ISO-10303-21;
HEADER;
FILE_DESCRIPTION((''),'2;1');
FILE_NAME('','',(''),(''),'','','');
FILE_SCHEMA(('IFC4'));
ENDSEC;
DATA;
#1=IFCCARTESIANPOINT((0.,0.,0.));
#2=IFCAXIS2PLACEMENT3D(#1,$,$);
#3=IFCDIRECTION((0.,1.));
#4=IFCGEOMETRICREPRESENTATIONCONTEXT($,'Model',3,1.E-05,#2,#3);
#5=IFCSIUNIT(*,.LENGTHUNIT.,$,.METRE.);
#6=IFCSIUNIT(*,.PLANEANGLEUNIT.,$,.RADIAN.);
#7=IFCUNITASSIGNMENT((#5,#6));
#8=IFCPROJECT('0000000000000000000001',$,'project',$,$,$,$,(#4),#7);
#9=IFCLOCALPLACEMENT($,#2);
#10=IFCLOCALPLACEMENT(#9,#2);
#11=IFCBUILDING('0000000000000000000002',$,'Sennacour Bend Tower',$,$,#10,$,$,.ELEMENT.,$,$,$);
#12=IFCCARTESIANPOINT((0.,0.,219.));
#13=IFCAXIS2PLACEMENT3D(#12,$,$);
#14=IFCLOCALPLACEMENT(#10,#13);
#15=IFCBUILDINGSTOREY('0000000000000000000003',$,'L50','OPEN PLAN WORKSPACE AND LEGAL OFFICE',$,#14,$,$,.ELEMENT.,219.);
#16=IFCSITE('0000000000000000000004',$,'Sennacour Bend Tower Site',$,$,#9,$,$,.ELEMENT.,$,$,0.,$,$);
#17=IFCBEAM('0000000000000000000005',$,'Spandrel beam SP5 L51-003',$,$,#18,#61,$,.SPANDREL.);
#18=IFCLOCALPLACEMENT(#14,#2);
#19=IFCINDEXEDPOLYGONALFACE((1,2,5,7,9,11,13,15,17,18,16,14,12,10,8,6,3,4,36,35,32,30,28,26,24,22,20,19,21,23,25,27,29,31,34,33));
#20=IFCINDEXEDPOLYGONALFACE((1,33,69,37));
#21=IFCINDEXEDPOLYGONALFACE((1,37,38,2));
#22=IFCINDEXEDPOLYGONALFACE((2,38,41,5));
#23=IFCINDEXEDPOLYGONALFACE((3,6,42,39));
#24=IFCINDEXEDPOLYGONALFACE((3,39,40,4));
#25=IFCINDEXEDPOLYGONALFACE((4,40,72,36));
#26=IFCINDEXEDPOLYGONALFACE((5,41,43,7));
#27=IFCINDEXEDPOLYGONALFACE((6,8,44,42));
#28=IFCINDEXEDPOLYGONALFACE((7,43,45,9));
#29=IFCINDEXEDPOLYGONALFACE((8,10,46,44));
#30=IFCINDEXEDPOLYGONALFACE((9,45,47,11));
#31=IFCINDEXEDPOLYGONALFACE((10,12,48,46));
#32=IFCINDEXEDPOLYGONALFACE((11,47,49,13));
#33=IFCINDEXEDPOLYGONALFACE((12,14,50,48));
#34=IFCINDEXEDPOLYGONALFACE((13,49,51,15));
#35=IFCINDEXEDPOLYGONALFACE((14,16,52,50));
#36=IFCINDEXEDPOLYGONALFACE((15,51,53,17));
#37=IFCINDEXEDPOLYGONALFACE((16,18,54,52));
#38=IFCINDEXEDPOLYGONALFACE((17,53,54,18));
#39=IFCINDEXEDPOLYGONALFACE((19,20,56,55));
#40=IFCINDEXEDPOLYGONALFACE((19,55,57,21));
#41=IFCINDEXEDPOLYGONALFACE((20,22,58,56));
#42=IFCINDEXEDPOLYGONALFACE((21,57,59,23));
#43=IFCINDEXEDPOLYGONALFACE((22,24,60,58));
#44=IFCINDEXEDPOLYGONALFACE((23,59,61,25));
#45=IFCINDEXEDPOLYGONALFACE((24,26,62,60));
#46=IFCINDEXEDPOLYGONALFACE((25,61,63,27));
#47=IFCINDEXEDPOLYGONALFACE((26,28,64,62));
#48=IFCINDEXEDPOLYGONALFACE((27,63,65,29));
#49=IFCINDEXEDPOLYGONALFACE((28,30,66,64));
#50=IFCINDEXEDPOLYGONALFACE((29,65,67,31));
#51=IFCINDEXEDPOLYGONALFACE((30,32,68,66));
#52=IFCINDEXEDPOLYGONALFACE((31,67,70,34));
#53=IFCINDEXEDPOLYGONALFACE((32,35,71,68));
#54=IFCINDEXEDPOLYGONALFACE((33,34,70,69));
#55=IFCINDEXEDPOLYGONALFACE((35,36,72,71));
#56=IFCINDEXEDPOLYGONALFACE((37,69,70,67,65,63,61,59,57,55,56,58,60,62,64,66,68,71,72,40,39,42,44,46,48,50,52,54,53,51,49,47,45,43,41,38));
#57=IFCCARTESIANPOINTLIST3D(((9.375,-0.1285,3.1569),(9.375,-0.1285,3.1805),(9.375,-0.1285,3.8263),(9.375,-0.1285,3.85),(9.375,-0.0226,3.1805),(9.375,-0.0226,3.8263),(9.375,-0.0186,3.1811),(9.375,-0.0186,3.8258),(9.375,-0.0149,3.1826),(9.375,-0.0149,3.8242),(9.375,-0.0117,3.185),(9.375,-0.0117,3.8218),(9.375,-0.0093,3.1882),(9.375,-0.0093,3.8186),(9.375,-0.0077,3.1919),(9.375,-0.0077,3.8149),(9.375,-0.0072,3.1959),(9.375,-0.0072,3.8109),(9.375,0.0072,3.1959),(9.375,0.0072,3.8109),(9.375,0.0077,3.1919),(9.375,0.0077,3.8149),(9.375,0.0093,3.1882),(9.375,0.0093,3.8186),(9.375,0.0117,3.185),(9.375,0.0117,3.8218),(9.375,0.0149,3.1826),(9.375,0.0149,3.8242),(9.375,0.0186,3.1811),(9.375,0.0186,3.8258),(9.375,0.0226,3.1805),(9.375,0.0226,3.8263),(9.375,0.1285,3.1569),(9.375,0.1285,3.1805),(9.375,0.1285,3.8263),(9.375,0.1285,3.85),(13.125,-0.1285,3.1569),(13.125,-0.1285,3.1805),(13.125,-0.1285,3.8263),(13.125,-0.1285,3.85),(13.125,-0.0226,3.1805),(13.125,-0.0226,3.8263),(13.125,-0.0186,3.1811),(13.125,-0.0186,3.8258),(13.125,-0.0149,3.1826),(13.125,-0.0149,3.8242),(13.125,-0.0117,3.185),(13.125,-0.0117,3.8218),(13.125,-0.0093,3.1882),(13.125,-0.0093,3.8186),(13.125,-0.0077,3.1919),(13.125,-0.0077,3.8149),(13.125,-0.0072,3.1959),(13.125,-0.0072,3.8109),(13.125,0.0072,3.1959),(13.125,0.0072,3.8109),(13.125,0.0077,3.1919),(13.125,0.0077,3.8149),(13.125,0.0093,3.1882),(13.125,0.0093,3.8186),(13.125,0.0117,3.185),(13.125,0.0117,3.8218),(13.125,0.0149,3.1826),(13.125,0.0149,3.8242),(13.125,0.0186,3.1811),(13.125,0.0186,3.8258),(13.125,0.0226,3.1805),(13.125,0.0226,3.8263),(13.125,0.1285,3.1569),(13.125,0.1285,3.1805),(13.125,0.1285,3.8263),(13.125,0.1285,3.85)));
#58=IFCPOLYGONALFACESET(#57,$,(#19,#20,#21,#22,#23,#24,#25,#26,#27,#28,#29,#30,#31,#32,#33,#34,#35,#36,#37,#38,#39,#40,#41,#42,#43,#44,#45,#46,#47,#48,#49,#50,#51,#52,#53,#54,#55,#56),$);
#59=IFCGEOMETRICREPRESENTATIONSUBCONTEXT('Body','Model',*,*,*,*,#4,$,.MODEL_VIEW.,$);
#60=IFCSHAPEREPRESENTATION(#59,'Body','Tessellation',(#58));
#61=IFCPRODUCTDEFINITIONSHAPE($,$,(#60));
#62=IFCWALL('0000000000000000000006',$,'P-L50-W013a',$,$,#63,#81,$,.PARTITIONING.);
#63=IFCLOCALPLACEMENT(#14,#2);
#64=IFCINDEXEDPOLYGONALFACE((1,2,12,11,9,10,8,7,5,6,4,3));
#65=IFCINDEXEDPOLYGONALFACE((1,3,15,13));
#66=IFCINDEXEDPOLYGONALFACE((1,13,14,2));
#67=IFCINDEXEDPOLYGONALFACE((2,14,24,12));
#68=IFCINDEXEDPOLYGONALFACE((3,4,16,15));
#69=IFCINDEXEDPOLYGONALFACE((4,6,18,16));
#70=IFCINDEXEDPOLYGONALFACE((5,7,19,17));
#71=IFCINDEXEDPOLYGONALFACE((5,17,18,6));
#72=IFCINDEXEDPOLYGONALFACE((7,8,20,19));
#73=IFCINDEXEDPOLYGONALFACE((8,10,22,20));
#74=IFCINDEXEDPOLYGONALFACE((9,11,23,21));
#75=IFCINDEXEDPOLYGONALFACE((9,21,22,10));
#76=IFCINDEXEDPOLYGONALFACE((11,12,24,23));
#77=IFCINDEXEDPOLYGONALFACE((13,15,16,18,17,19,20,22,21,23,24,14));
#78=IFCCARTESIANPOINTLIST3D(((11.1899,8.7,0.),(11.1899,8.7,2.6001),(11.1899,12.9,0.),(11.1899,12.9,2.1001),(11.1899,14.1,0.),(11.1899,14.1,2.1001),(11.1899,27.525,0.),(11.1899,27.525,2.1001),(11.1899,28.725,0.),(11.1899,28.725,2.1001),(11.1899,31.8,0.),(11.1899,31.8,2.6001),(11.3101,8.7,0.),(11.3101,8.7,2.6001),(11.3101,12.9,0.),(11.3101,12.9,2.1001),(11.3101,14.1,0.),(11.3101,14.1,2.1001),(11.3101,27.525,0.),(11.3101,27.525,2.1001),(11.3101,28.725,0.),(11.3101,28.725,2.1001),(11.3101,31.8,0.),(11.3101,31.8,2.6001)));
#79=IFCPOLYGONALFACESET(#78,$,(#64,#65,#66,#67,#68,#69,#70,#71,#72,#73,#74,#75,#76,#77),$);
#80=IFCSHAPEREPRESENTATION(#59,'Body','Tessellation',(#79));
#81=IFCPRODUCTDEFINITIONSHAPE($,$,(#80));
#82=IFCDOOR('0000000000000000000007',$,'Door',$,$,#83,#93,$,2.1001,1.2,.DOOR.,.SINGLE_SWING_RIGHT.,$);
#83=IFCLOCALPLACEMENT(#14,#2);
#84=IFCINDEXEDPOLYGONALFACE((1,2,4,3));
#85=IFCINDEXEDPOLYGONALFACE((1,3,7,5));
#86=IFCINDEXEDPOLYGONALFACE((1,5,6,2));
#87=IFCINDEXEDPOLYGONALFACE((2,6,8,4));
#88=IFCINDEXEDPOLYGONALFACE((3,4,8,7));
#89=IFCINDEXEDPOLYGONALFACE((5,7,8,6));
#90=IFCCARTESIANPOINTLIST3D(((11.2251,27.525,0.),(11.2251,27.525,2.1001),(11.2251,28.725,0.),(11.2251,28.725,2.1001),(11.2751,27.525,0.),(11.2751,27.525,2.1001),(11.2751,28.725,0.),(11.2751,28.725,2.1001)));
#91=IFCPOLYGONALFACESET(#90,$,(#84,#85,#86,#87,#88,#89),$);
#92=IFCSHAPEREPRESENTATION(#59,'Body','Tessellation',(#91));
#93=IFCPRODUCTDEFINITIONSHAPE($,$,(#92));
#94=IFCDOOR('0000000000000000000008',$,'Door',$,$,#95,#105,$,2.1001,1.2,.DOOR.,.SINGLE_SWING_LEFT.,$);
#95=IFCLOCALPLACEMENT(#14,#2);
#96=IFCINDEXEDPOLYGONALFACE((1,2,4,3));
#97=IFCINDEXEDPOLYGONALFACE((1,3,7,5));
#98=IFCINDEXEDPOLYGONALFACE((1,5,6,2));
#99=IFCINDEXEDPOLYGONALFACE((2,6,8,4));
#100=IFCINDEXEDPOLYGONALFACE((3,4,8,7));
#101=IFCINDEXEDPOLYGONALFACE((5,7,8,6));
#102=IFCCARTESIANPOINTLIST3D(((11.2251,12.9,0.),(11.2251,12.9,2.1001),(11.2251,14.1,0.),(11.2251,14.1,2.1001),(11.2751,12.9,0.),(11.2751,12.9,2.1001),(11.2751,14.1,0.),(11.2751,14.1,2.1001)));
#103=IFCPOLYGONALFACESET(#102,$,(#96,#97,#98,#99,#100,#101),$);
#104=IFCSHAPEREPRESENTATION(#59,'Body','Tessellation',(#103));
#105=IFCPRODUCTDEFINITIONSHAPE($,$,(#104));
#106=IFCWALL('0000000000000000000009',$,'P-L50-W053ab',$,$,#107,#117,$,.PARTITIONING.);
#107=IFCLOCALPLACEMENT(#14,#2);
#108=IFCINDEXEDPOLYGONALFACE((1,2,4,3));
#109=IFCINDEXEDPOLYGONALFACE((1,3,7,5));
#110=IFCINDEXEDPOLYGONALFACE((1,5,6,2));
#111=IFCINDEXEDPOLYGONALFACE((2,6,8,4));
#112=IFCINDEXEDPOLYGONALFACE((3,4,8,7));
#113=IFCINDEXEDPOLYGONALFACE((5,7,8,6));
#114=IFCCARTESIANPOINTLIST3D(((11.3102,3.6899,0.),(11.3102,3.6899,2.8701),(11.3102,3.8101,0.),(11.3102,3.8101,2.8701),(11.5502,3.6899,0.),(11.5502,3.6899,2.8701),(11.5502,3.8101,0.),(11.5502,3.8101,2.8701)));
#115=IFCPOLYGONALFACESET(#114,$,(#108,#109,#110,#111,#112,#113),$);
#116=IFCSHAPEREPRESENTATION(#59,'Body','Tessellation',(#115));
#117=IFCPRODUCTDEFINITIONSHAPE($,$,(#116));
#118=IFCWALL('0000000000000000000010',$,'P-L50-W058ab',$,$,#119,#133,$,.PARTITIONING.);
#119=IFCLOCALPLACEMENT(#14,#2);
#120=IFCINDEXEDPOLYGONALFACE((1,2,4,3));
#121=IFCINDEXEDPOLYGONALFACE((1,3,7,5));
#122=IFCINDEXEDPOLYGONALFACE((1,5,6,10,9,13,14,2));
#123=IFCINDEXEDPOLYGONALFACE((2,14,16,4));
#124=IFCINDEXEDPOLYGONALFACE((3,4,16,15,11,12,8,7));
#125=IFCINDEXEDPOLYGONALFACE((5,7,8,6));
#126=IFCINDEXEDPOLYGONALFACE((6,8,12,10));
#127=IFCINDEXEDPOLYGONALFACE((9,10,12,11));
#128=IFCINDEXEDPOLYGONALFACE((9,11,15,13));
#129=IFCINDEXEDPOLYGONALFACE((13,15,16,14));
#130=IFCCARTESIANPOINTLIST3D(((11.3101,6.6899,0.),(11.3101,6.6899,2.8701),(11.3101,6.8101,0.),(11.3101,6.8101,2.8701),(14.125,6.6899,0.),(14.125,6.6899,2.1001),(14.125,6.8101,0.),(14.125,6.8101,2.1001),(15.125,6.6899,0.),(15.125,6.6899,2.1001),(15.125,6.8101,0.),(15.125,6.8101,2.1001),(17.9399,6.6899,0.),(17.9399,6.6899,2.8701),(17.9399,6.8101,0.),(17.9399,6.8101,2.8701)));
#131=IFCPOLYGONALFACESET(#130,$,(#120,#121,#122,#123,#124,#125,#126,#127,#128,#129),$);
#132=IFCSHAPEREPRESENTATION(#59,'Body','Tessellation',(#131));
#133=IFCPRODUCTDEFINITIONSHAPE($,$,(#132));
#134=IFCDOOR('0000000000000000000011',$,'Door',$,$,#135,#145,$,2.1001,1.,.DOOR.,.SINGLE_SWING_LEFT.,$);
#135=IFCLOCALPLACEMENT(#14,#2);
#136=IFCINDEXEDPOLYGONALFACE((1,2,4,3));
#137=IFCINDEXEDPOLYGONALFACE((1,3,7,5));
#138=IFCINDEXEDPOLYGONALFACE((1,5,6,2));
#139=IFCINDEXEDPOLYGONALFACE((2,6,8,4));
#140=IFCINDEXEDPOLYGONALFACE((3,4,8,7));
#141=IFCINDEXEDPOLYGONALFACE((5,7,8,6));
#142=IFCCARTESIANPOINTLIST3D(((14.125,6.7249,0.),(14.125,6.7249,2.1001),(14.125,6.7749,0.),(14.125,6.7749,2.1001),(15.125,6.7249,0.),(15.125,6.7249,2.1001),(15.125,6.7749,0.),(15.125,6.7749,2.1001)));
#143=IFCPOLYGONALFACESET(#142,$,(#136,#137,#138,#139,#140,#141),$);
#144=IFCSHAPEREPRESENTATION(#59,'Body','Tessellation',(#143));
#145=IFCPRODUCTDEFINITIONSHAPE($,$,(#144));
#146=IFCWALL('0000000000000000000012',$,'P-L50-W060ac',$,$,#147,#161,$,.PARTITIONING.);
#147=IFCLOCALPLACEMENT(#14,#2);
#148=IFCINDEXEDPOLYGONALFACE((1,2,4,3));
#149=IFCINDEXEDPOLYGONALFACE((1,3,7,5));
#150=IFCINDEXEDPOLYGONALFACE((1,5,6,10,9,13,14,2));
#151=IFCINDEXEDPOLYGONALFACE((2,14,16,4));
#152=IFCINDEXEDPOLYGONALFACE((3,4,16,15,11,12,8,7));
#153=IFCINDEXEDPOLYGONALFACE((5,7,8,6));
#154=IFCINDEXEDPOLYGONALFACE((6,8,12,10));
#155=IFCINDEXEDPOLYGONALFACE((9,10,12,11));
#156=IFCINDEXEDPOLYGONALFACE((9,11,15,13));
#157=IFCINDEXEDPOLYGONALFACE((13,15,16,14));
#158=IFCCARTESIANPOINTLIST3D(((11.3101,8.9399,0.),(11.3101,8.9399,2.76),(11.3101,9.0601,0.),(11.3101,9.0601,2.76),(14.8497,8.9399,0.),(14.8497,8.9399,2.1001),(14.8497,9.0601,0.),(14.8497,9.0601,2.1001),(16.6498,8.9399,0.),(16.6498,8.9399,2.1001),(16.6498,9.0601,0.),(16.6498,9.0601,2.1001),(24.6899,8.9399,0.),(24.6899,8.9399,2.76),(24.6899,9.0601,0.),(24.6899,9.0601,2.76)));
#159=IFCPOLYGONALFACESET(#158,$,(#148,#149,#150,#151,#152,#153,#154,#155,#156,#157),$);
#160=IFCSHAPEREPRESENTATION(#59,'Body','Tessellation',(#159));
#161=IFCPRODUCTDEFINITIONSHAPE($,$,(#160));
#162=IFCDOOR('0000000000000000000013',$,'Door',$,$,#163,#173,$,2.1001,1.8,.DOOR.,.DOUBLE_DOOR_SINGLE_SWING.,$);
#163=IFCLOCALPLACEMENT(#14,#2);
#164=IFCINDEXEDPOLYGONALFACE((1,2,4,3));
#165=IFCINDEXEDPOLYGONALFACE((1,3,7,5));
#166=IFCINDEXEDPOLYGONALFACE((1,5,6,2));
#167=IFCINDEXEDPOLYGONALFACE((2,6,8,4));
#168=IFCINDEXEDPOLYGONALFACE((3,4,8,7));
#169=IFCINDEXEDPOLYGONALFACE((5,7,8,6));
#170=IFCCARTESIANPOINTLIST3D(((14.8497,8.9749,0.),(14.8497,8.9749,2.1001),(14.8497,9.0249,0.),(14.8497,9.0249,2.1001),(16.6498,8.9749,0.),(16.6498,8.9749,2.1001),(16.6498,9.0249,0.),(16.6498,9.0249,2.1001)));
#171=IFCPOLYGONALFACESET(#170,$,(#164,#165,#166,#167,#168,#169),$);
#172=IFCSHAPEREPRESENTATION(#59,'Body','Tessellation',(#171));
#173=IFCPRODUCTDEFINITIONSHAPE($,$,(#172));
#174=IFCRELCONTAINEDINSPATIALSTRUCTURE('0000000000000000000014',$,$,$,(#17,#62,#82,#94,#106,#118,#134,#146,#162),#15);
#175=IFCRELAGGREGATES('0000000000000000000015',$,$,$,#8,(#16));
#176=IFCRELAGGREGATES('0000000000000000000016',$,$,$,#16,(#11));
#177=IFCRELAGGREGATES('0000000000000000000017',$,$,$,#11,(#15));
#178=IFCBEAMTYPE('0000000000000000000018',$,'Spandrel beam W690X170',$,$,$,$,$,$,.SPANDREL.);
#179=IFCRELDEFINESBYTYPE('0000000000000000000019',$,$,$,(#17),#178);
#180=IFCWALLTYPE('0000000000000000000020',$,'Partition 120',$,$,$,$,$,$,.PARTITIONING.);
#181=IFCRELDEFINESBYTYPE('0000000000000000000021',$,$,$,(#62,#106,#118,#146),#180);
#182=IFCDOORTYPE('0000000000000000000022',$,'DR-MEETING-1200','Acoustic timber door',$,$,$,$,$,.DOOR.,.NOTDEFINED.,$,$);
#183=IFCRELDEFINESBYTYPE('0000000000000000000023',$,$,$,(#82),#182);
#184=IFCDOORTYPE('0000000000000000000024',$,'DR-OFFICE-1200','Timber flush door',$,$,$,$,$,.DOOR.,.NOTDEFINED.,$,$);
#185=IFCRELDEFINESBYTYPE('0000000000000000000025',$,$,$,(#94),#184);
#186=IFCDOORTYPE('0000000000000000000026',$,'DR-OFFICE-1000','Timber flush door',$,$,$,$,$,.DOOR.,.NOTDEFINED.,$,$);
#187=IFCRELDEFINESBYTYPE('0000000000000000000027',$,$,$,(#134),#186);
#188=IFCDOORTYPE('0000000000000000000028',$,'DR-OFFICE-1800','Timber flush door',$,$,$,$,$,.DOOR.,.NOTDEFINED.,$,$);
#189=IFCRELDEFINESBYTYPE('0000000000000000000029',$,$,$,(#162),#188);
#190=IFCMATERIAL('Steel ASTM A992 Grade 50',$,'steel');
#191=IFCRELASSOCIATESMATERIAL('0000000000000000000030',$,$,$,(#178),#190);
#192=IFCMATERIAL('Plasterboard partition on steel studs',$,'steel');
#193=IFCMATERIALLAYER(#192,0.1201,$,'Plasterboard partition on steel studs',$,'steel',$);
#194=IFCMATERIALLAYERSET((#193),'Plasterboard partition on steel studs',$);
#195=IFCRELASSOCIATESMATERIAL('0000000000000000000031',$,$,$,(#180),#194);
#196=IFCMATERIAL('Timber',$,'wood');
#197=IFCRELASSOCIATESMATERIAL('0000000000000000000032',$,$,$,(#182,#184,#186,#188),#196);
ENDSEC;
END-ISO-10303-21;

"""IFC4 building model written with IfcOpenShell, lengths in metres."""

from ifc_helpers import new_model, si_unit, direction, frame, frame_2d, origin, origin_2d, place, context, subcontext, project, spatial, rectangle, i_section, extrude, material, layer, layer_set, material_profile, profile_set, type_object, element, fill, save


model = new_model("IFC4")

# Units and contexts
model_context = context("Model", 3, precision=1e-05, world=origin(), true_north=direction((0.0, 1.0)))
body_context = subcontext(model_context, "Body", "Model", "MODEL_VIEW")
ifc_project = project(units=[si_unit("LENGTHUNIT", "METRE"), si_unit("PLANEANGLEUNIT", "RADIAN")], contexts=[model_context])

# Site, building, storey
site_placement = place(None, origin())
site = spatial("IfcSite", under=ifc_project, at=site_placement, Name="Sennacour Bend Tower Site", CompositionType="ELEMENT", RefElevation=0.0)
building_placement = place(site_placement, origin())
building = spatial("IfcBuilding", under=site, at=building_placement, Name="Sennacour Bend Tower", CompositionType="ELEMENT")
storey_placement = place(building_placement, frame((0.0, 0.0, 219.0)))
storey = spatial("IfcBuildingStorey", under=building, at=storey_placement, Name="L50", Description="OPEN PLAN WORKSPACE AND LEGAL OFFICE", CompositionType="ELEMENT", Elevation=219.0)

# Beam
ifc_material_1 = material(Name="Steel ASTM A992 Grade 50", Category="steel")
ifc_material_profile_1 = material_profile(ifc_material_1, i_section(OverallWidth=0.2571, OverallDepth=0.6931, WebThickness=0.0144, FlangeThickness=0.0237, FilletRadius=0.0154, at=origin_2d()), Name="Steel ASTM A992 Grade 50", Category="steel")
ifc_profile_set_1 = profile_set([ifc_material_profile_1], Name="Steel ASTM A992 Grade 50")
beam_type_1 = type_object("IfcBeamType", Name="Spandrel beam W690X170", PredefinedType="SPANDREL", material=ifc_profile_set_1)
for number, where, z_axis, x_axis, name in (
    (1, (13.125, 0.0, 3.5034), (-1.0, 0.0, 0.0), (0.0, -1.0, 0.0), "Spandrel beam SP5 L51-003"),
):
    element("IfcBeam", number, at=place(storey_placement, frame(where, z_axis=z_axis, x_axis=x_axis)), inside=storey, type_object=beam_type_1, Name=name, PredefinedType="SPANDREL", context=body_context, shape_type="SweptSolid", body=[
        extrude(i_section(OverallWidth=0.2571, OverallDepth=0.6931, WebThickness=0.0144, FlangeThickness=0.0237, FilletRadius=0.0154, at=origin_2d()), origin(), (0.0, 0.0, 1.0), 3.75),
    ])

# Wall, openings, doors
ifc_material_2 = material(Name="Plasterboard partition on steel studs", Category="steel")
ifc_layer_1 = layer(ifc_material_2, 0.1201, Name="Plasterboard partition on steel studs", Category="steel")
ifc_layer_set_1 = layer_set([ifc_layer_1], Name="Plasterboard partition on steel studs")
wall_type_1 = type_object("IfcWallType", Name="Partition 120", PredefinedType="PARTITIONING", material=ifc_layer_set_1)
wall_1_placement = place(storey_placement, frame((11.25, 8.7, 0.0), z_axis=(0.0, 0.0, 1.0), x_axis=(0.0, 1.0, 0.0)))
wall_1 = element("IfcWall", 2, at=wall_1_placement, inside=storey, type_object=wall_type_1, Name="P-L50-W013a", PredefinedType="PARTITIONING", context=body_context, shape_type="SweptSolid", body=[
    extrude(rectangle(XDim=23.1001, YDim=0.1201, at=frame_2d((11.55, 0.0))), origin(), (0.0, 0.0, 1.0), 2.6001),
])
opening_1_placement = place(wall_1_placement, frame((18.825, 0.0, 0.0)))
opening_1 = element("IfcOpeningElement", 3, at=opening_1_placement, cuts=wall_1, PredefinedType="OPENING", context=body_context, shape_type="SweptSolid", body=[
    extrude(rectangle(XDim=1.2, YDim=2.1001, at=frame_2d((0.6001, 1.05))), frame((0.0, 0.0701, 0.0), z_axis=(0.0, -1.0, 0.0), x_axis=(1.0, 0.0, 0.0)), (0.0, 0.0, 1.0), 0.1401),
])
opening_2_placement = place(wall_1_placement, frame((4.2, 0.0, 0.0)))
opening_2 = element("IfcOpeningElement", 4, at=opening_2_placement, cuts=wall_1, PredefinedType="OPENING", context=body_context, shape_type="SweptSolid", body=[
    extrude(rectangle(XDim=1.2, YDim=2.1001, at=frame_2d((0.6001, 1.05))), frame((0.0, 0.0701, 0.0), z_axis=(0.0, -1.0, 0.0), x_axis=(1.0, 0.0, 0.0)), (0.0, 0.0, 1.0), 0.1401),
])
ifc_material_3 = material(Name="Timber", Category="wood")
door_type_1 = type_object("IfcDoorType", Name="DR-MEETING-1200", Description="Acoustic timber door", OperationType="NOTDEFINED", PredefinedType="DOOR", material=ifc_material_3)
door_1_placement = place(opening_1_placement, origin())
door_1 = element("IfcDoor", 5, at=door_1_placement, inside=storey, type_object=door_type_1, Name="Door", OperationType="SINGLE_SWING_RIGHT", OverallHeight=2.1001, OverallWidth=1.2, PredefinedType="DOOR", context=body_context, shape_type="SweptSolid", body=[
    extrude(rectangle(XDim=1.2, YDim=2.1001, at=frame_2d((0.6001, 1.05))), frame((0.0, 0.0249, 0.0), z_axis=(0.0, -1.0, 0.0), x_axis=(1.0, 0.0, 0.0)), (0.0, 0.0, 1.0), 0.05),
])
fill(opening_1, door_1)
door_type_2 = type_object("IfcDoorType", Name="DR-OFFICE-1200", Description="Timber flush door", OperationType="NOTDEFINED", PredefinedType="DOOR", material=ifc_material_3)
door_2_placement = place(opening_2_placement, origin())
door_2 = element("IfcDoor", 6, at=door_2_placement, inside=storey, type_object=door_type_2, Name="Door", OperationType="SINGLE_SWING_LEFT", OverallHeight=2.1001, OverallWidth=1.2, PredefinedType="DOOR", context=body_context, shape_type="SweptSolid", body=[
    extrude(rectangle(XDim=1.2, YDim=2.1001, at=frame_2d((0.6001, 1.05))), frame((0.0, 0.0249, 0.0), z_axis=(0.0, -1.0, 0.0), x_axis=(1.0, 0.0, 0.0)), (0.0, 0.0, 1.0), 0.05),
])
fill(opening_2, door_2)

# Wall
wall_2_placement = place(storey_placement, frame((11.3101, 3.75, 0.0), z_axis=(0.0, 0.0, 1.0), x_axis=(1.0, 0.0, 0.0)))
element("IfcWall", 7, at=wall_2_placement, inside=storey, type_object=wall_type_1, Name="P-L50-W053ab", PredefinedType="PARTITIONING", context=body_context, shape_type="SweptSolid", body=[
    extrude(rectangle(XDim=0.24, YDim=0.1201, at=frame_2d((0.1201, 0.0))), origin(), (0.0, 0.0, 1.0), 2.8701),
])

# Walls, openings, doors
wall_3_placement = place(storey_placement, frame((11.3101, 6.75, 0.0), z_axis=(0.0, 0.0, 1.0), x_axis=(1.0, 0.0, 0.0)))
wall_3 = element("IfcWall", 8, at=wall_3_placement, inside=storey, type_object=wall_type_1, Name="P-L50-W058ab", PredefinedType="PARTITIONING", context=body_context, shape_type="SweptSolid", body=[
    extrude(rectangle(XDim=6.6299, YDim=0.1201, at=frame_2d((3.3149, 0.0))), origin(), (0.0, 0.0, 1.0), 2.8701),
])
opening_3_placement = place(wall_3_placement, frame((2.8149, 0.0, 0.0)))
opening_3 = element("IfcOpeningElement", 9, at=opening_3_placement, cuts=wall_3, PredefinedType="OPENING", context=body_context, shape_type="SweptSolid", body=[
    extrude(rectangle(XDim=1.0, YDim=2.1001, at=frame_2d((0.5, 1.05))), frame((0.0, 0.0701, 0.0), z_axis=(0.0, -1.0, 0.0), x_axis=(1.0, 0.0, 0.0)), (0.0, 0.0, 1.0), 0.1401),
])
door_type_3 = type_object("IfcDoorType", Name="DR-OFFICE-1000", Description="Timber flush door", OperationType="NOTDEFINED", PredefinedType="DOOR", material=ifc_material_3)
door_3_placement = place(opening_3_placement, origin())
door_3 = element("IfcDoor", 10, at=door_3_placement, inside=storey, type_object=door_type_3, Name="Door", OperationType="SINGLE_SWING_LEFT", OverallHeight=2.1001, OverallWidth=1.0, PredefinedType="DOOR", context=body_context, shape_type="SweptSolid", body=[
    extrude(rectangle(XDim=1.0, YDim=2.1001, at=frame_2d((0.5, 1.05))), frame((0.0, 0.0249, 0.0), z_axis=(0.0, -1.0, 0.0), x_axis=(1.0, 0.0, 0.0)), (0.0, 0.0, 1.0), 0.05),
])
fill(opening_3, door_3)
wall_4_placement = place(storey_placement, frame((11.3101, 9.0, 0.0), z_axis=(0.0, 0.0, 1.0), x_axis=(1.0, 0.0, 0.0)))
wall_4 = element("IfcWall", 11, at=wall_4_placement, inside=storey, type_object=wall_type_1, Name="P-L50-W060ac", PredefinedType="PARTITIONING", context=body_context, shape_type="SweptSolid", body=[
    extrude(rectangle(XDim=13.3799, YDim=0.1201, at=frame_2d((6.6899, 0.0))), origin(), (0.0, 0.0, 1.0), 2.76),
])
opening_4_placement = place(wall_4_placement, frame((3.5398, 0.0, 0.0)))
opening_4 = element("IfcOpeningElement", 12, at=opening_4_placement, cuts=wall_4, PredefinedType="OPENING", context=body_context, shape_type="SweptSolid", body=[
    extrude(rectangle(XDim=1.8, YDim=2.1001, at=frame_2d((0.8999, 1.05))), frame((0.0, 0.0701, 0.0), z_axis=(0.0, -1.0, 0.0), x_axis=(1.0, 0.0, 0.0)), (0.0, 0.0, 1.0), 0.1401),
])
door_type_4 = type_object("IfcDoorType", Name="DR-OFFICE-1800", Description="Timber flush door", OperationType="NOTDEFINED", PredefinedType="DOOR", material=ifc_material_3)
door_4_placement = place(opening_4_placement, origin())
door_4 = element("IfcDoor", 13, at=door_4_placement, inside=storey, type_object=door_type_4, Name="Door", OperationType="DOUBLE_DOOR_SINGLE_SWING", OverallHeight=2.1001, OverallWidth=1.8, PredefinedType="DOOR", context=body_context, shape_type="SweptSolid", body=[
    extrude(rectangle(XDim=1.8, YDim=2.1001, at=frame_2d((0.8999, 1.05))), frame((0.0, 0.0249, 0.0), z_axis=(0.0, -1.0, 0.0), x_axis=(1.0, 0.0, 0.0)), (0.0, 0.0, 1.0), 0.05),
])
fill(opening_4, door_4)

save(model, "model.ifc")
